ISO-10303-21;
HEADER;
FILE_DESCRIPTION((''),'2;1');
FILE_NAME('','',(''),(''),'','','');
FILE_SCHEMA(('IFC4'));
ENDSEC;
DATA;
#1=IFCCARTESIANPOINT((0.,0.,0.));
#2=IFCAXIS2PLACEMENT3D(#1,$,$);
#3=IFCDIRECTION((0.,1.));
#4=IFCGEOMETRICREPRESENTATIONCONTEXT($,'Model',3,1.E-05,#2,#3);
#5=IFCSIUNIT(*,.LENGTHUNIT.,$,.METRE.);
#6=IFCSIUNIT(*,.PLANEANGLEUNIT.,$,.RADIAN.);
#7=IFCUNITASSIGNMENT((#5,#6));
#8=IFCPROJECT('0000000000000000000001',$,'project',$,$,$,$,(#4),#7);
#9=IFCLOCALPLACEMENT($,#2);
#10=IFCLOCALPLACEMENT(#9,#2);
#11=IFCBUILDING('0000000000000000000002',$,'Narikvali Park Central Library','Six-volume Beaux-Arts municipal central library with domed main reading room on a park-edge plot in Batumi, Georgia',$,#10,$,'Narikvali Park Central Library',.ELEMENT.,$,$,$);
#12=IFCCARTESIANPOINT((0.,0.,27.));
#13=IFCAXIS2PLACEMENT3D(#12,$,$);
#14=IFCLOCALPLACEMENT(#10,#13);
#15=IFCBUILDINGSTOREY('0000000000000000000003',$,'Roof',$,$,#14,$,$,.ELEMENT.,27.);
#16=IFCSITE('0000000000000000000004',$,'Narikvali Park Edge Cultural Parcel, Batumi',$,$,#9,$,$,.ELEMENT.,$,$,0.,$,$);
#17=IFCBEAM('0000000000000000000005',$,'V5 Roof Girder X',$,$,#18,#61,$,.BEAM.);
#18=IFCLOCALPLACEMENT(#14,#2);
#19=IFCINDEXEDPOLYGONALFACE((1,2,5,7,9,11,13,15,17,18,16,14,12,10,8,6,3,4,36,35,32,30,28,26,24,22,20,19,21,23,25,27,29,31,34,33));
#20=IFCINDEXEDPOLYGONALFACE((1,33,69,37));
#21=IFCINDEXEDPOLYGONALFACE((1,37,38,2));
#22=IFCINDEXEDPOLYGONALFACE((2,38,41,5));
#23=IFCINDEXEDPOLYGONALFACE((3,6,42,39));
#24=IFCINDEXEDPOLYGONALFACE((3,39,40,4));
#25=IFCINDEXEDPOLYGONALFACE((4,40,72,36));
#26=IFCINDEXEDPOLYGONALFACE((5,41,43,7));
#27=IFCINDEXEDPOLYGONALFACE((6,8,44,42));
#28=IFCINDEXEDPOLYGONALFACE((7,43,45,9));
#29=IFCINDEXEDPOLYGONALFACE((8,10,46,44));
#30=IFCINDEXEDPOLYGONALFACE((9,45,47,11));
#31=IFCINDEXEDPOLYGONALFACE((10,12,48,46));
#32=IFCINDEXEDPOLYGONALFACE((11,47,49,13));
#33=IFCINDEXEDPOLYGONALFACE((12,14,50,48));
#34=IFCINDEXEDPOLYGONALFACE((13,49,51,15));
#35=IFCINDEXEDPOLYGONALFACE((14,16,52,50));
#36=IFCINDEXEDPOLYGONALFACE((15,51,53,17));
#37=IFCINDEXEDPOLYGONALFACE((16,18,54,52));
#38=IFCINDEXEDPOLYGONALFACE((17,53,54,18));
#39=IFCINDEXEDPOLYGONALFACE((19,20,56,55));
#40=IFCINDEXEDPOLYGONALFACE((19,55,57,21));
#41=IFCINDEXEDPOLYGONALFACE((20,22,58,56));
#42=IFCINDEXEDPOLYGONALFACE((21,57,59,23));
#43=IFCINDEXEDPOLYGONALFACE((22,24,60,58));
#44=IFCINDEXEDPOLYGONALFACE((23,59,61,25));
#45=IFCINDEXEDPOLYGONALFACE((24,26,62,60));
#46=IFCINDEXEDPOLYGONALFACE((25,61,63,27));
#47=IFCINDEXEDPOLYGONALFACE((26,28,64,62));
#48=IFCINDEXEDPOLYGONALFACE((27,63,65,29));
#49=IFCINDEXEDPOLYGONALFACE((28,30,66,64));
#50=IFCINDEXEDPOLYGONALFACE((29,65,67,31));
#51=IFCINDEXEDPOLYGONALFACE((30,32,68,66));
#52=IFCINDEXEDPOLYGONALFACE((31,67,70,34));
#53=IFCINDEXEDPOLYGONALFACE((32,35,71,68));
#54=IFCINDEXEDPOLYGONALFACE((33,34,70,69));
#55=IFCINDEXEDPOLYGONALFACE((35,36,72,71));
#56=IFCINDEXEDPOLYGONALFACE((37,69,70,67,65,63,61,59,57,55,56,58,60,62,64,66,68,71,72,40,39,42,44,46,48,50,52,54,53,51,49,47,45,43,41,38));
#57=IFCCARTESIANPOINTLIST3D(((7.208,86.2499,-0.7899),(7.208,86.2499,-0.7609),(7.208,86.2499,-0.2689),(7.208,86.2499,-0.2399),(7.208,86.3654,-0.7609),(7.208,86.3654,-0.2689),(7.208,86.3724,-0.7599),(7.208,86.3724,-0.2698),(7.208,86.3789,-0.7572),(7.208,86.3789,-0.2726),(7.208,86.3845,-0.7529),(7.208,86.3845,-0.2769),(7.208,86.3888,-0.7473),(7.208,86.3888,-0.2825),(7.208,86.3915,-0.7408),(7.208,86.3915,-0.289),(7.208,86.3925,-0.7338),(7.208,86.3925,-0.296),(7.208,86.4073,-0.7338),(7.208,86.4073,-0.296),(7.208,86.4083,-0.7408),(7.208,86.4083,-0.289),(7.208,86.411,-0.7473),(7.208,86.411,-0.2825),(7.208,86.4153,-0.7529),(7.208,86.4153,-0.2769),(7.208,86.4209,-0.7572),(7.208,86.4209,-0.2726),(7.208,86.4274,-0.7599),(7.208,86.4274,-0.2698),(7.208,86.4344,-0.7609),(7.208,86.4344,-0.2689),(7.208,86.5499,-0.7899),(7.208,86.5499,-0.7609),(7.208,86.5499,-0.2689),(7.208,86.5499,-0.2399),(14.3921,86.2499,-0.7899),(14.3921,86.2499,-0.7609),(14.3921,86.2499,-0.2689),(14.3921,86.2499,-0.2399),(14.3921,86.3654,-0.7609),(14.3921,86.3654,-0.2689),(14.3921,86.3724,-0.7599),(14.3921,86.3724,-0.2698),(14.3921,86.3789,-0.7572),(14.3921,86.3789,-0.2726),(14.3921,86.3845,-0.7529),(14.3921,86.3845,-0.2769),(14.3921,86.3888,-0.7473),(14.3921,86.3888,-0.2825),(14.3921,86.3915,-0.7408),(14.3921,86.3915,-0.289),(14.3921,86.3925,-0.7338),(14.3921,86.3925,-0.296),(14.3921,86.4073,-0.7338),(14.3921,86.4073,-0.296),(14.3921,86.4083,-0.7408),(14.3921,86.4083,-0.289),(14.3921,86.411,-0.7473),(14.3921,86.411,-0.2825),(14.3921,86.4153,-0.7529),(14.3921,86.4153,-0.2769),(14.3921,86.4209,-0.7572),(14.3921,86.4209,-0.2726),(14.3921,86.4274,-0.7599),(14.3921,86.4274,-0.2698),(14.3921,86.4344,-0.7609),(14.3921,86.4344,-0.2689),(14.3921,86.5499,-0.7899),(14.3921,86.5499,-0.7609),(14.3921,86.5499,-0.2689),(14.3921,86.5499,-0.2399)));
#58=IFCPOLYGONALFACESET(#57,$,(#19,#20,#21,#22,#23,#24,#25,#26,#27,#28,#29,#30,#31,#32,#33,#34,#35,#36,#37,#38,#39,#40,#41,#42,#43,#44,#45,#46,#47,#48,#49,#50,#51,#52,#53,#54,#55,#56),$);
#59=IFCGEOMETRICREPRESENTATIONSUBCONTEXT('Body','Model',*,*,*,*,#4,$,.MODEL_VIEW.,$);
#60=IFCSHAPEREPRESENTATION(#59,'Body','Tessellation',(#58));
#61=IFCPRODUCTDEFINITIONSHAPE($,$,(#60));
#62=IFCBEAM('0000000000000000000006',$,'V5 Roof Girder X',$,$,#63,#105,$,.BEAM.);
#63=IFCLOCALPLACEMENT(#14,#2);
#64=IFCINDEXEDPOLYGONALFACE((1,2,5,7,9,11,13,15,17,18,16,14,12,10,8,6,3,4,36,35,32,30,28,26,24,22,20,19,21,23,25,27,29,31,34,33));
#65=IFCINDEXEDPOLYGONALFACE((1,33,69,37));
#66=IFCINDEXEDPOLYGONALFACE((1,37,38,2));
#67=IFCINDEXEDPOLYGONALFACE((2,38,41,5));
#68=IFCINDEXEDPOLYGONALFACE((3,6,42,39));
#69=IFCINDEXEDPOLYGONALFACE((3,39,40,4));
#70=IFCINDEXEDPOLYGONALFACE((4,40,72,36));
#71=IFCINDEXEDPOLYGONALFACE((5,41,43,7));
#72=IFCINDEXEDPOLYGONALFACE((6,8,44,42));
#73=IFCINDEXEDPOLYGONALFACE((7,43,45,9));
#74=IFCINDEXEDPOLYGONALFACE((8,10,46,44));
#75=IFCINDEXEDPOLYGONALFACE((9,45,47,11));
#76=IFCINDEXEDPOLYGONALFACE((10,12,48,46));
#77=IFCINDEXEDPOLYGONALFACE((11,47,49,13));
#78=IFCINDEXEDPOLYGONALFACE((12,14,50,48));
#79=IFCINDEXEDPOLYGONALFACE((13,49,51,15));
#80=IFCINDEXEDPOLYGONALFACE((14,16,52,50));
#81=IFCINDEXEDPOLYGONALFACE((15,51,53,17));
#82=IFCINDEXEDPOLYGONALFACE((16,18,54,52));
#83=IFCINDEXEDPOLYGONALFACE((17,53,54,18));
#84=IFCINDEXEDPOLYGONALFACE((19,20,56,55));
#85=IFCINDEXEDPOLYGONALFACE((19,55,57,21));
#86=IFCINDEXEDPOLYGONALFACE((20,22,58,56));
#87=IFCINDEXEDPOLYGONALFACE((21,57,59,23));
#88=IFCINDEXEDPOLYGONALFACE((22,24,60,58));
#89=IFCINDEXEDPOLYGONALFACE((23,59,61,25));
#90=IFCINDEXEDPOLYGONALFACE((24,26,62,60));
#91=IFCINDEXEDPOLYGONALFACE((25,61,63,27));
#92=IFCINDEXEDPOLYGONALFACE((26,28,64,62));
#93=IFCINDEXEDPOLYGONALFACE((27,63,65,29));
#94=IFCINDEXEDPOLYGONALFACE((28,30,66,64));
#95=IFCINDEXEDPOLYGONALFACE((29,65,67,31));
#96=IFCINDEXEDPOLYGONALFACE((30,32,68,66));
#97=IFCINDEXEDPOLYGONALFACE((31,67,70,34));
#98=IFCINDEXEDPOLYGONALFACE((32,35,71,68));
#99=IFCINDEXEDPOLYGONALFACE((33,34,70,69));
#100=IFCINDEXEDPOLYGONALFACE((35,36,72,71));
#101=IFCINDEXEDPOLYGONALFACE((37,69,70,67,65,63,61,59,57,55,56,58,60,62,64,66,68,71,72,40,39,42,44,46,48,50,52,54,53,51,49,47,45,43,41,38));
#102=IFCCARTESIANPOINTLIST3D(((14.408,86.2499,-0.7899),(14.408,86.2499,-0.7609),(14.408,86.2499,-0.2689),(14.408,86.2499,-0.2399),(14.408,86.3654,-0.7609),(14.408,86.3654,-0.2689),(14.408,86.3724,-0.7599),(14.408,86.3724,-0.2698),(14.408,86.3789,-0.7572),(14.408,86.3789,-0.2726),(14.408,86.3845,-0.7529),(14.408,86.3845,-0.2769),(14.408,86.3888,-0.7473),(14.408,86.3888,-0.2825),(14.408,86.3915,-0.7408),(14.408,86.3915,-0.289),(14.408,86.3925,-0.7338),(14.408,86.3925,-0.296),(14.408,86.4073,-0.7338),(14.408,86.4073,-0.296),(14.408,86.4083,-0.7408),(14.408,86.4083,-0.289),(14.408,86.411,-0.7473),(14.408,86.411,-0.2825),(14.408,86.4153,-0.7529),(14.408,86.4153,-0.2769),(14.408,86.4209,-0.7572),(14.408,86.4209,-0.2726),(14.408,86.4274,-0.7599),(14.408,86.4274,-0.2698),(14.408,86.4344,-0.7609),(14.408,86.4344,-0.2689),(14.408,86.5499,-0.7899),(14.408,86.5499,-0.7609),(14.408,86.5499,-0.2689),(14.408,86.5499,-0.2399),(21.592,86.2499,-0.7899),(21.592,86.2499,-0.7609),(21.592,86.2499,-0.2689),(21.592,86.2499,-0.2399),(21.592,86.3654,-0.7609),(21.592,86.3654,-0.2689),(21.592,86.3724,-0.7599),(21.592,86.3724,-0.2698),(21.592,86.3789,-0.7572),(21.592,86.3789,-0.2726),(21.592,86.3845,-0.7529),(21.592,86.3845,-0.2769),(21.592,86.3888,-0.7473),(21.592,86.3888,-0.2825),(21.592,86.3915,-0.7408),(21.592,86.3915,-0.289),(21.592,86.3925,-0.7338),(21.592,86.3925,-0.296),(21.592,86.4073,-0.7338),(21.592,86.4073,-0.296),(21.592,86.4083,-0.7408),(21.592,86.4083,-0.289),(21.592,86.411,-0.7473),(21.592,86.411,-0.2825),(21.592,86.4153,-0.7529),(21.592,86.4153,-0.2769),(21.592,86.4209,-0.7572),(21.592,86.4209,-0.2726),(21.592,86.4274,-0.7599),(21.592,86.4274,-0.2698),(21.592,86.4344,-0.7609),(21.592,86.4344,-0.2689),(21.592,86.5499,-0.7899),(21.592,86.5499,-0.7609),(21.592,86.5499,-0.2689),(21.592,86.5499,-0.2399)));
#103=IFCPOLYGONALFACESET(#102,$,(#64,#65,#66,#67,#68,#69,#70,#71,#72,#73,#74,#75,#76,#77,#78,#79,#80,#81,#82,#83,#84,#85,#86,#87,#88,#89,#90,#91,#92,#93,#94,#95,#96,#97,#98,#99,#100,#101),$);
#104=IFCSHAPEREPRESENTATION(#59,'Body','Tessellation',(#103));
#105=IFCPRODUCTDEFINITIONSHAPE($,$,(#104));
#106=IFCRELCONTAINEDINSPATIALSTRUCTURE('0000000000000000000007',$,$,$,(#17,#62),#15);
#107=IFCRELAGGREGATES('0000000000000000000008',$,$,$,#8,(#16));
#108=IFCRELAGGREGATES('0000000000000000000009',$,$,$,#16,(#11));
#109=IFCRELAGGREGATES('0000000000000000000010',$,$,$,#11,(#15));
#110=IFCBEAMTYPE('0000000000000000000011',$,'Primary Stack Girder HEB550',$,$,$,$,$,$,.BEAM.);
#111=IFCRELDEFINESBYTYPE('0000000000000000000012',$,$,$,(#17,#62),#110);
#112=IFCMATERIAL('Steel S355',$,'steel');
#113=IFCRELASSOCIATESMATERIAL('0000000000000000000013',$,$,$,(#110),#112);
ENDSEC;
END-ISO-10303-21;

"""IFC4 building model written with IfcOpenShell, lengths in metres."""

from ifc_helpers import new_model, si_unit, direction, frame, origin, origin_2d, place, context, subcontext, project, spatial, i_section, extrude, material, material_profile, profile_set, type_object, element, save


model = new_model("IFC4")

# Units and contexts
model_context = context("Model", 3, precision=1e-05, world=origin(), true_north=direction((0.0, 1.0)))
body_context = subcontext(model_context, "Body", "Model", "MODEL_VIEW")
ifc_project = project(units=[si_unit("LENGTHUNIT", "METRE"), si_unit("PLANEANGLEUNIT", "RADIAN")], contexts=[model_context])

# Site, building, storey
site_placement = place(None, origin())
site = spatial("IfcSite", under=ifc_project, at=site_placement, Name="Narikvali Park Edge Cultural Parcel, Batumi", CompositionType="ELEMENT", RefElevation=0.0)
building_placement = place(site_placement, origin())
building = spatial("IfcBuilding", under=site, at=building_placement, Name="Narikvali Park Central Library", Description="Six-volume Beaux-Arts municipal central library with domed main reading room on a park-edge plot in Batumi, Georgia", LongName="Narikvali Park Central Library", CompositionType="ELEMENT")
storey_placement = place(building_placement, frame((0.0, 0.0, 27.0)))
storey = spatial("IfcBuildingStorey", under=building, at=storey_placement, Name="Roof", CompositionType="ELEMENT", Elevation=27.0)

# Beams
ifc_material = material(Name="Steel S355", Category="steel")
ifc_material_profile_1 = material_profile(ifc_material, i_section(OverallWidth=0.3, OverallDepth=0.55, WebThickness=0.0149, FlangeThickness=0.0291, FilletRadius=0.0271, at=origin_2d()), Name="HEB 550")
ifc_profile_set_1 = profile_set([ifc_material_profile_1], Name="Steel S355")
beam_type_1 = type_object("IfcBeamType", Name="Primary Stack Girder HEB550", PredefinedType="BEAM", material=ifc_profile_set_1)
for number, where, z_axis, x_axis, name in (
    (1, (7.208, 86.3999, -0.5149), (1.0, 0.0, 0.0), (0.0, 1.0, 0.0), "V5 Roof Girder X"),
    (2, (14.408, 86.3999, -0.5149), (1.0, 0.0, 0.0), (0.0, 1.0, 0.0), "V5 Roof Girder X"),
):
    element("IfcBeam", number, at=place(storey_placement, frame(where, z_axis=z_axis, x_axis=x_axis)), inside=storey, type_object=beam_type_1, Name=name, PredefinedType="BEAM", context=body_context, shape_type="SweptSolid", body=[
        extrude(i_section(OverallWidth=0.3, OverallDepth=0.55, WebThickness=0.0149, FlangeThickness=0.0291, FilletRadius=0.0271, at=origin_2d()), origin(), (0.0, 0.0, 1.0), 7.1841),
    ])

save(model, "model.ifc")
